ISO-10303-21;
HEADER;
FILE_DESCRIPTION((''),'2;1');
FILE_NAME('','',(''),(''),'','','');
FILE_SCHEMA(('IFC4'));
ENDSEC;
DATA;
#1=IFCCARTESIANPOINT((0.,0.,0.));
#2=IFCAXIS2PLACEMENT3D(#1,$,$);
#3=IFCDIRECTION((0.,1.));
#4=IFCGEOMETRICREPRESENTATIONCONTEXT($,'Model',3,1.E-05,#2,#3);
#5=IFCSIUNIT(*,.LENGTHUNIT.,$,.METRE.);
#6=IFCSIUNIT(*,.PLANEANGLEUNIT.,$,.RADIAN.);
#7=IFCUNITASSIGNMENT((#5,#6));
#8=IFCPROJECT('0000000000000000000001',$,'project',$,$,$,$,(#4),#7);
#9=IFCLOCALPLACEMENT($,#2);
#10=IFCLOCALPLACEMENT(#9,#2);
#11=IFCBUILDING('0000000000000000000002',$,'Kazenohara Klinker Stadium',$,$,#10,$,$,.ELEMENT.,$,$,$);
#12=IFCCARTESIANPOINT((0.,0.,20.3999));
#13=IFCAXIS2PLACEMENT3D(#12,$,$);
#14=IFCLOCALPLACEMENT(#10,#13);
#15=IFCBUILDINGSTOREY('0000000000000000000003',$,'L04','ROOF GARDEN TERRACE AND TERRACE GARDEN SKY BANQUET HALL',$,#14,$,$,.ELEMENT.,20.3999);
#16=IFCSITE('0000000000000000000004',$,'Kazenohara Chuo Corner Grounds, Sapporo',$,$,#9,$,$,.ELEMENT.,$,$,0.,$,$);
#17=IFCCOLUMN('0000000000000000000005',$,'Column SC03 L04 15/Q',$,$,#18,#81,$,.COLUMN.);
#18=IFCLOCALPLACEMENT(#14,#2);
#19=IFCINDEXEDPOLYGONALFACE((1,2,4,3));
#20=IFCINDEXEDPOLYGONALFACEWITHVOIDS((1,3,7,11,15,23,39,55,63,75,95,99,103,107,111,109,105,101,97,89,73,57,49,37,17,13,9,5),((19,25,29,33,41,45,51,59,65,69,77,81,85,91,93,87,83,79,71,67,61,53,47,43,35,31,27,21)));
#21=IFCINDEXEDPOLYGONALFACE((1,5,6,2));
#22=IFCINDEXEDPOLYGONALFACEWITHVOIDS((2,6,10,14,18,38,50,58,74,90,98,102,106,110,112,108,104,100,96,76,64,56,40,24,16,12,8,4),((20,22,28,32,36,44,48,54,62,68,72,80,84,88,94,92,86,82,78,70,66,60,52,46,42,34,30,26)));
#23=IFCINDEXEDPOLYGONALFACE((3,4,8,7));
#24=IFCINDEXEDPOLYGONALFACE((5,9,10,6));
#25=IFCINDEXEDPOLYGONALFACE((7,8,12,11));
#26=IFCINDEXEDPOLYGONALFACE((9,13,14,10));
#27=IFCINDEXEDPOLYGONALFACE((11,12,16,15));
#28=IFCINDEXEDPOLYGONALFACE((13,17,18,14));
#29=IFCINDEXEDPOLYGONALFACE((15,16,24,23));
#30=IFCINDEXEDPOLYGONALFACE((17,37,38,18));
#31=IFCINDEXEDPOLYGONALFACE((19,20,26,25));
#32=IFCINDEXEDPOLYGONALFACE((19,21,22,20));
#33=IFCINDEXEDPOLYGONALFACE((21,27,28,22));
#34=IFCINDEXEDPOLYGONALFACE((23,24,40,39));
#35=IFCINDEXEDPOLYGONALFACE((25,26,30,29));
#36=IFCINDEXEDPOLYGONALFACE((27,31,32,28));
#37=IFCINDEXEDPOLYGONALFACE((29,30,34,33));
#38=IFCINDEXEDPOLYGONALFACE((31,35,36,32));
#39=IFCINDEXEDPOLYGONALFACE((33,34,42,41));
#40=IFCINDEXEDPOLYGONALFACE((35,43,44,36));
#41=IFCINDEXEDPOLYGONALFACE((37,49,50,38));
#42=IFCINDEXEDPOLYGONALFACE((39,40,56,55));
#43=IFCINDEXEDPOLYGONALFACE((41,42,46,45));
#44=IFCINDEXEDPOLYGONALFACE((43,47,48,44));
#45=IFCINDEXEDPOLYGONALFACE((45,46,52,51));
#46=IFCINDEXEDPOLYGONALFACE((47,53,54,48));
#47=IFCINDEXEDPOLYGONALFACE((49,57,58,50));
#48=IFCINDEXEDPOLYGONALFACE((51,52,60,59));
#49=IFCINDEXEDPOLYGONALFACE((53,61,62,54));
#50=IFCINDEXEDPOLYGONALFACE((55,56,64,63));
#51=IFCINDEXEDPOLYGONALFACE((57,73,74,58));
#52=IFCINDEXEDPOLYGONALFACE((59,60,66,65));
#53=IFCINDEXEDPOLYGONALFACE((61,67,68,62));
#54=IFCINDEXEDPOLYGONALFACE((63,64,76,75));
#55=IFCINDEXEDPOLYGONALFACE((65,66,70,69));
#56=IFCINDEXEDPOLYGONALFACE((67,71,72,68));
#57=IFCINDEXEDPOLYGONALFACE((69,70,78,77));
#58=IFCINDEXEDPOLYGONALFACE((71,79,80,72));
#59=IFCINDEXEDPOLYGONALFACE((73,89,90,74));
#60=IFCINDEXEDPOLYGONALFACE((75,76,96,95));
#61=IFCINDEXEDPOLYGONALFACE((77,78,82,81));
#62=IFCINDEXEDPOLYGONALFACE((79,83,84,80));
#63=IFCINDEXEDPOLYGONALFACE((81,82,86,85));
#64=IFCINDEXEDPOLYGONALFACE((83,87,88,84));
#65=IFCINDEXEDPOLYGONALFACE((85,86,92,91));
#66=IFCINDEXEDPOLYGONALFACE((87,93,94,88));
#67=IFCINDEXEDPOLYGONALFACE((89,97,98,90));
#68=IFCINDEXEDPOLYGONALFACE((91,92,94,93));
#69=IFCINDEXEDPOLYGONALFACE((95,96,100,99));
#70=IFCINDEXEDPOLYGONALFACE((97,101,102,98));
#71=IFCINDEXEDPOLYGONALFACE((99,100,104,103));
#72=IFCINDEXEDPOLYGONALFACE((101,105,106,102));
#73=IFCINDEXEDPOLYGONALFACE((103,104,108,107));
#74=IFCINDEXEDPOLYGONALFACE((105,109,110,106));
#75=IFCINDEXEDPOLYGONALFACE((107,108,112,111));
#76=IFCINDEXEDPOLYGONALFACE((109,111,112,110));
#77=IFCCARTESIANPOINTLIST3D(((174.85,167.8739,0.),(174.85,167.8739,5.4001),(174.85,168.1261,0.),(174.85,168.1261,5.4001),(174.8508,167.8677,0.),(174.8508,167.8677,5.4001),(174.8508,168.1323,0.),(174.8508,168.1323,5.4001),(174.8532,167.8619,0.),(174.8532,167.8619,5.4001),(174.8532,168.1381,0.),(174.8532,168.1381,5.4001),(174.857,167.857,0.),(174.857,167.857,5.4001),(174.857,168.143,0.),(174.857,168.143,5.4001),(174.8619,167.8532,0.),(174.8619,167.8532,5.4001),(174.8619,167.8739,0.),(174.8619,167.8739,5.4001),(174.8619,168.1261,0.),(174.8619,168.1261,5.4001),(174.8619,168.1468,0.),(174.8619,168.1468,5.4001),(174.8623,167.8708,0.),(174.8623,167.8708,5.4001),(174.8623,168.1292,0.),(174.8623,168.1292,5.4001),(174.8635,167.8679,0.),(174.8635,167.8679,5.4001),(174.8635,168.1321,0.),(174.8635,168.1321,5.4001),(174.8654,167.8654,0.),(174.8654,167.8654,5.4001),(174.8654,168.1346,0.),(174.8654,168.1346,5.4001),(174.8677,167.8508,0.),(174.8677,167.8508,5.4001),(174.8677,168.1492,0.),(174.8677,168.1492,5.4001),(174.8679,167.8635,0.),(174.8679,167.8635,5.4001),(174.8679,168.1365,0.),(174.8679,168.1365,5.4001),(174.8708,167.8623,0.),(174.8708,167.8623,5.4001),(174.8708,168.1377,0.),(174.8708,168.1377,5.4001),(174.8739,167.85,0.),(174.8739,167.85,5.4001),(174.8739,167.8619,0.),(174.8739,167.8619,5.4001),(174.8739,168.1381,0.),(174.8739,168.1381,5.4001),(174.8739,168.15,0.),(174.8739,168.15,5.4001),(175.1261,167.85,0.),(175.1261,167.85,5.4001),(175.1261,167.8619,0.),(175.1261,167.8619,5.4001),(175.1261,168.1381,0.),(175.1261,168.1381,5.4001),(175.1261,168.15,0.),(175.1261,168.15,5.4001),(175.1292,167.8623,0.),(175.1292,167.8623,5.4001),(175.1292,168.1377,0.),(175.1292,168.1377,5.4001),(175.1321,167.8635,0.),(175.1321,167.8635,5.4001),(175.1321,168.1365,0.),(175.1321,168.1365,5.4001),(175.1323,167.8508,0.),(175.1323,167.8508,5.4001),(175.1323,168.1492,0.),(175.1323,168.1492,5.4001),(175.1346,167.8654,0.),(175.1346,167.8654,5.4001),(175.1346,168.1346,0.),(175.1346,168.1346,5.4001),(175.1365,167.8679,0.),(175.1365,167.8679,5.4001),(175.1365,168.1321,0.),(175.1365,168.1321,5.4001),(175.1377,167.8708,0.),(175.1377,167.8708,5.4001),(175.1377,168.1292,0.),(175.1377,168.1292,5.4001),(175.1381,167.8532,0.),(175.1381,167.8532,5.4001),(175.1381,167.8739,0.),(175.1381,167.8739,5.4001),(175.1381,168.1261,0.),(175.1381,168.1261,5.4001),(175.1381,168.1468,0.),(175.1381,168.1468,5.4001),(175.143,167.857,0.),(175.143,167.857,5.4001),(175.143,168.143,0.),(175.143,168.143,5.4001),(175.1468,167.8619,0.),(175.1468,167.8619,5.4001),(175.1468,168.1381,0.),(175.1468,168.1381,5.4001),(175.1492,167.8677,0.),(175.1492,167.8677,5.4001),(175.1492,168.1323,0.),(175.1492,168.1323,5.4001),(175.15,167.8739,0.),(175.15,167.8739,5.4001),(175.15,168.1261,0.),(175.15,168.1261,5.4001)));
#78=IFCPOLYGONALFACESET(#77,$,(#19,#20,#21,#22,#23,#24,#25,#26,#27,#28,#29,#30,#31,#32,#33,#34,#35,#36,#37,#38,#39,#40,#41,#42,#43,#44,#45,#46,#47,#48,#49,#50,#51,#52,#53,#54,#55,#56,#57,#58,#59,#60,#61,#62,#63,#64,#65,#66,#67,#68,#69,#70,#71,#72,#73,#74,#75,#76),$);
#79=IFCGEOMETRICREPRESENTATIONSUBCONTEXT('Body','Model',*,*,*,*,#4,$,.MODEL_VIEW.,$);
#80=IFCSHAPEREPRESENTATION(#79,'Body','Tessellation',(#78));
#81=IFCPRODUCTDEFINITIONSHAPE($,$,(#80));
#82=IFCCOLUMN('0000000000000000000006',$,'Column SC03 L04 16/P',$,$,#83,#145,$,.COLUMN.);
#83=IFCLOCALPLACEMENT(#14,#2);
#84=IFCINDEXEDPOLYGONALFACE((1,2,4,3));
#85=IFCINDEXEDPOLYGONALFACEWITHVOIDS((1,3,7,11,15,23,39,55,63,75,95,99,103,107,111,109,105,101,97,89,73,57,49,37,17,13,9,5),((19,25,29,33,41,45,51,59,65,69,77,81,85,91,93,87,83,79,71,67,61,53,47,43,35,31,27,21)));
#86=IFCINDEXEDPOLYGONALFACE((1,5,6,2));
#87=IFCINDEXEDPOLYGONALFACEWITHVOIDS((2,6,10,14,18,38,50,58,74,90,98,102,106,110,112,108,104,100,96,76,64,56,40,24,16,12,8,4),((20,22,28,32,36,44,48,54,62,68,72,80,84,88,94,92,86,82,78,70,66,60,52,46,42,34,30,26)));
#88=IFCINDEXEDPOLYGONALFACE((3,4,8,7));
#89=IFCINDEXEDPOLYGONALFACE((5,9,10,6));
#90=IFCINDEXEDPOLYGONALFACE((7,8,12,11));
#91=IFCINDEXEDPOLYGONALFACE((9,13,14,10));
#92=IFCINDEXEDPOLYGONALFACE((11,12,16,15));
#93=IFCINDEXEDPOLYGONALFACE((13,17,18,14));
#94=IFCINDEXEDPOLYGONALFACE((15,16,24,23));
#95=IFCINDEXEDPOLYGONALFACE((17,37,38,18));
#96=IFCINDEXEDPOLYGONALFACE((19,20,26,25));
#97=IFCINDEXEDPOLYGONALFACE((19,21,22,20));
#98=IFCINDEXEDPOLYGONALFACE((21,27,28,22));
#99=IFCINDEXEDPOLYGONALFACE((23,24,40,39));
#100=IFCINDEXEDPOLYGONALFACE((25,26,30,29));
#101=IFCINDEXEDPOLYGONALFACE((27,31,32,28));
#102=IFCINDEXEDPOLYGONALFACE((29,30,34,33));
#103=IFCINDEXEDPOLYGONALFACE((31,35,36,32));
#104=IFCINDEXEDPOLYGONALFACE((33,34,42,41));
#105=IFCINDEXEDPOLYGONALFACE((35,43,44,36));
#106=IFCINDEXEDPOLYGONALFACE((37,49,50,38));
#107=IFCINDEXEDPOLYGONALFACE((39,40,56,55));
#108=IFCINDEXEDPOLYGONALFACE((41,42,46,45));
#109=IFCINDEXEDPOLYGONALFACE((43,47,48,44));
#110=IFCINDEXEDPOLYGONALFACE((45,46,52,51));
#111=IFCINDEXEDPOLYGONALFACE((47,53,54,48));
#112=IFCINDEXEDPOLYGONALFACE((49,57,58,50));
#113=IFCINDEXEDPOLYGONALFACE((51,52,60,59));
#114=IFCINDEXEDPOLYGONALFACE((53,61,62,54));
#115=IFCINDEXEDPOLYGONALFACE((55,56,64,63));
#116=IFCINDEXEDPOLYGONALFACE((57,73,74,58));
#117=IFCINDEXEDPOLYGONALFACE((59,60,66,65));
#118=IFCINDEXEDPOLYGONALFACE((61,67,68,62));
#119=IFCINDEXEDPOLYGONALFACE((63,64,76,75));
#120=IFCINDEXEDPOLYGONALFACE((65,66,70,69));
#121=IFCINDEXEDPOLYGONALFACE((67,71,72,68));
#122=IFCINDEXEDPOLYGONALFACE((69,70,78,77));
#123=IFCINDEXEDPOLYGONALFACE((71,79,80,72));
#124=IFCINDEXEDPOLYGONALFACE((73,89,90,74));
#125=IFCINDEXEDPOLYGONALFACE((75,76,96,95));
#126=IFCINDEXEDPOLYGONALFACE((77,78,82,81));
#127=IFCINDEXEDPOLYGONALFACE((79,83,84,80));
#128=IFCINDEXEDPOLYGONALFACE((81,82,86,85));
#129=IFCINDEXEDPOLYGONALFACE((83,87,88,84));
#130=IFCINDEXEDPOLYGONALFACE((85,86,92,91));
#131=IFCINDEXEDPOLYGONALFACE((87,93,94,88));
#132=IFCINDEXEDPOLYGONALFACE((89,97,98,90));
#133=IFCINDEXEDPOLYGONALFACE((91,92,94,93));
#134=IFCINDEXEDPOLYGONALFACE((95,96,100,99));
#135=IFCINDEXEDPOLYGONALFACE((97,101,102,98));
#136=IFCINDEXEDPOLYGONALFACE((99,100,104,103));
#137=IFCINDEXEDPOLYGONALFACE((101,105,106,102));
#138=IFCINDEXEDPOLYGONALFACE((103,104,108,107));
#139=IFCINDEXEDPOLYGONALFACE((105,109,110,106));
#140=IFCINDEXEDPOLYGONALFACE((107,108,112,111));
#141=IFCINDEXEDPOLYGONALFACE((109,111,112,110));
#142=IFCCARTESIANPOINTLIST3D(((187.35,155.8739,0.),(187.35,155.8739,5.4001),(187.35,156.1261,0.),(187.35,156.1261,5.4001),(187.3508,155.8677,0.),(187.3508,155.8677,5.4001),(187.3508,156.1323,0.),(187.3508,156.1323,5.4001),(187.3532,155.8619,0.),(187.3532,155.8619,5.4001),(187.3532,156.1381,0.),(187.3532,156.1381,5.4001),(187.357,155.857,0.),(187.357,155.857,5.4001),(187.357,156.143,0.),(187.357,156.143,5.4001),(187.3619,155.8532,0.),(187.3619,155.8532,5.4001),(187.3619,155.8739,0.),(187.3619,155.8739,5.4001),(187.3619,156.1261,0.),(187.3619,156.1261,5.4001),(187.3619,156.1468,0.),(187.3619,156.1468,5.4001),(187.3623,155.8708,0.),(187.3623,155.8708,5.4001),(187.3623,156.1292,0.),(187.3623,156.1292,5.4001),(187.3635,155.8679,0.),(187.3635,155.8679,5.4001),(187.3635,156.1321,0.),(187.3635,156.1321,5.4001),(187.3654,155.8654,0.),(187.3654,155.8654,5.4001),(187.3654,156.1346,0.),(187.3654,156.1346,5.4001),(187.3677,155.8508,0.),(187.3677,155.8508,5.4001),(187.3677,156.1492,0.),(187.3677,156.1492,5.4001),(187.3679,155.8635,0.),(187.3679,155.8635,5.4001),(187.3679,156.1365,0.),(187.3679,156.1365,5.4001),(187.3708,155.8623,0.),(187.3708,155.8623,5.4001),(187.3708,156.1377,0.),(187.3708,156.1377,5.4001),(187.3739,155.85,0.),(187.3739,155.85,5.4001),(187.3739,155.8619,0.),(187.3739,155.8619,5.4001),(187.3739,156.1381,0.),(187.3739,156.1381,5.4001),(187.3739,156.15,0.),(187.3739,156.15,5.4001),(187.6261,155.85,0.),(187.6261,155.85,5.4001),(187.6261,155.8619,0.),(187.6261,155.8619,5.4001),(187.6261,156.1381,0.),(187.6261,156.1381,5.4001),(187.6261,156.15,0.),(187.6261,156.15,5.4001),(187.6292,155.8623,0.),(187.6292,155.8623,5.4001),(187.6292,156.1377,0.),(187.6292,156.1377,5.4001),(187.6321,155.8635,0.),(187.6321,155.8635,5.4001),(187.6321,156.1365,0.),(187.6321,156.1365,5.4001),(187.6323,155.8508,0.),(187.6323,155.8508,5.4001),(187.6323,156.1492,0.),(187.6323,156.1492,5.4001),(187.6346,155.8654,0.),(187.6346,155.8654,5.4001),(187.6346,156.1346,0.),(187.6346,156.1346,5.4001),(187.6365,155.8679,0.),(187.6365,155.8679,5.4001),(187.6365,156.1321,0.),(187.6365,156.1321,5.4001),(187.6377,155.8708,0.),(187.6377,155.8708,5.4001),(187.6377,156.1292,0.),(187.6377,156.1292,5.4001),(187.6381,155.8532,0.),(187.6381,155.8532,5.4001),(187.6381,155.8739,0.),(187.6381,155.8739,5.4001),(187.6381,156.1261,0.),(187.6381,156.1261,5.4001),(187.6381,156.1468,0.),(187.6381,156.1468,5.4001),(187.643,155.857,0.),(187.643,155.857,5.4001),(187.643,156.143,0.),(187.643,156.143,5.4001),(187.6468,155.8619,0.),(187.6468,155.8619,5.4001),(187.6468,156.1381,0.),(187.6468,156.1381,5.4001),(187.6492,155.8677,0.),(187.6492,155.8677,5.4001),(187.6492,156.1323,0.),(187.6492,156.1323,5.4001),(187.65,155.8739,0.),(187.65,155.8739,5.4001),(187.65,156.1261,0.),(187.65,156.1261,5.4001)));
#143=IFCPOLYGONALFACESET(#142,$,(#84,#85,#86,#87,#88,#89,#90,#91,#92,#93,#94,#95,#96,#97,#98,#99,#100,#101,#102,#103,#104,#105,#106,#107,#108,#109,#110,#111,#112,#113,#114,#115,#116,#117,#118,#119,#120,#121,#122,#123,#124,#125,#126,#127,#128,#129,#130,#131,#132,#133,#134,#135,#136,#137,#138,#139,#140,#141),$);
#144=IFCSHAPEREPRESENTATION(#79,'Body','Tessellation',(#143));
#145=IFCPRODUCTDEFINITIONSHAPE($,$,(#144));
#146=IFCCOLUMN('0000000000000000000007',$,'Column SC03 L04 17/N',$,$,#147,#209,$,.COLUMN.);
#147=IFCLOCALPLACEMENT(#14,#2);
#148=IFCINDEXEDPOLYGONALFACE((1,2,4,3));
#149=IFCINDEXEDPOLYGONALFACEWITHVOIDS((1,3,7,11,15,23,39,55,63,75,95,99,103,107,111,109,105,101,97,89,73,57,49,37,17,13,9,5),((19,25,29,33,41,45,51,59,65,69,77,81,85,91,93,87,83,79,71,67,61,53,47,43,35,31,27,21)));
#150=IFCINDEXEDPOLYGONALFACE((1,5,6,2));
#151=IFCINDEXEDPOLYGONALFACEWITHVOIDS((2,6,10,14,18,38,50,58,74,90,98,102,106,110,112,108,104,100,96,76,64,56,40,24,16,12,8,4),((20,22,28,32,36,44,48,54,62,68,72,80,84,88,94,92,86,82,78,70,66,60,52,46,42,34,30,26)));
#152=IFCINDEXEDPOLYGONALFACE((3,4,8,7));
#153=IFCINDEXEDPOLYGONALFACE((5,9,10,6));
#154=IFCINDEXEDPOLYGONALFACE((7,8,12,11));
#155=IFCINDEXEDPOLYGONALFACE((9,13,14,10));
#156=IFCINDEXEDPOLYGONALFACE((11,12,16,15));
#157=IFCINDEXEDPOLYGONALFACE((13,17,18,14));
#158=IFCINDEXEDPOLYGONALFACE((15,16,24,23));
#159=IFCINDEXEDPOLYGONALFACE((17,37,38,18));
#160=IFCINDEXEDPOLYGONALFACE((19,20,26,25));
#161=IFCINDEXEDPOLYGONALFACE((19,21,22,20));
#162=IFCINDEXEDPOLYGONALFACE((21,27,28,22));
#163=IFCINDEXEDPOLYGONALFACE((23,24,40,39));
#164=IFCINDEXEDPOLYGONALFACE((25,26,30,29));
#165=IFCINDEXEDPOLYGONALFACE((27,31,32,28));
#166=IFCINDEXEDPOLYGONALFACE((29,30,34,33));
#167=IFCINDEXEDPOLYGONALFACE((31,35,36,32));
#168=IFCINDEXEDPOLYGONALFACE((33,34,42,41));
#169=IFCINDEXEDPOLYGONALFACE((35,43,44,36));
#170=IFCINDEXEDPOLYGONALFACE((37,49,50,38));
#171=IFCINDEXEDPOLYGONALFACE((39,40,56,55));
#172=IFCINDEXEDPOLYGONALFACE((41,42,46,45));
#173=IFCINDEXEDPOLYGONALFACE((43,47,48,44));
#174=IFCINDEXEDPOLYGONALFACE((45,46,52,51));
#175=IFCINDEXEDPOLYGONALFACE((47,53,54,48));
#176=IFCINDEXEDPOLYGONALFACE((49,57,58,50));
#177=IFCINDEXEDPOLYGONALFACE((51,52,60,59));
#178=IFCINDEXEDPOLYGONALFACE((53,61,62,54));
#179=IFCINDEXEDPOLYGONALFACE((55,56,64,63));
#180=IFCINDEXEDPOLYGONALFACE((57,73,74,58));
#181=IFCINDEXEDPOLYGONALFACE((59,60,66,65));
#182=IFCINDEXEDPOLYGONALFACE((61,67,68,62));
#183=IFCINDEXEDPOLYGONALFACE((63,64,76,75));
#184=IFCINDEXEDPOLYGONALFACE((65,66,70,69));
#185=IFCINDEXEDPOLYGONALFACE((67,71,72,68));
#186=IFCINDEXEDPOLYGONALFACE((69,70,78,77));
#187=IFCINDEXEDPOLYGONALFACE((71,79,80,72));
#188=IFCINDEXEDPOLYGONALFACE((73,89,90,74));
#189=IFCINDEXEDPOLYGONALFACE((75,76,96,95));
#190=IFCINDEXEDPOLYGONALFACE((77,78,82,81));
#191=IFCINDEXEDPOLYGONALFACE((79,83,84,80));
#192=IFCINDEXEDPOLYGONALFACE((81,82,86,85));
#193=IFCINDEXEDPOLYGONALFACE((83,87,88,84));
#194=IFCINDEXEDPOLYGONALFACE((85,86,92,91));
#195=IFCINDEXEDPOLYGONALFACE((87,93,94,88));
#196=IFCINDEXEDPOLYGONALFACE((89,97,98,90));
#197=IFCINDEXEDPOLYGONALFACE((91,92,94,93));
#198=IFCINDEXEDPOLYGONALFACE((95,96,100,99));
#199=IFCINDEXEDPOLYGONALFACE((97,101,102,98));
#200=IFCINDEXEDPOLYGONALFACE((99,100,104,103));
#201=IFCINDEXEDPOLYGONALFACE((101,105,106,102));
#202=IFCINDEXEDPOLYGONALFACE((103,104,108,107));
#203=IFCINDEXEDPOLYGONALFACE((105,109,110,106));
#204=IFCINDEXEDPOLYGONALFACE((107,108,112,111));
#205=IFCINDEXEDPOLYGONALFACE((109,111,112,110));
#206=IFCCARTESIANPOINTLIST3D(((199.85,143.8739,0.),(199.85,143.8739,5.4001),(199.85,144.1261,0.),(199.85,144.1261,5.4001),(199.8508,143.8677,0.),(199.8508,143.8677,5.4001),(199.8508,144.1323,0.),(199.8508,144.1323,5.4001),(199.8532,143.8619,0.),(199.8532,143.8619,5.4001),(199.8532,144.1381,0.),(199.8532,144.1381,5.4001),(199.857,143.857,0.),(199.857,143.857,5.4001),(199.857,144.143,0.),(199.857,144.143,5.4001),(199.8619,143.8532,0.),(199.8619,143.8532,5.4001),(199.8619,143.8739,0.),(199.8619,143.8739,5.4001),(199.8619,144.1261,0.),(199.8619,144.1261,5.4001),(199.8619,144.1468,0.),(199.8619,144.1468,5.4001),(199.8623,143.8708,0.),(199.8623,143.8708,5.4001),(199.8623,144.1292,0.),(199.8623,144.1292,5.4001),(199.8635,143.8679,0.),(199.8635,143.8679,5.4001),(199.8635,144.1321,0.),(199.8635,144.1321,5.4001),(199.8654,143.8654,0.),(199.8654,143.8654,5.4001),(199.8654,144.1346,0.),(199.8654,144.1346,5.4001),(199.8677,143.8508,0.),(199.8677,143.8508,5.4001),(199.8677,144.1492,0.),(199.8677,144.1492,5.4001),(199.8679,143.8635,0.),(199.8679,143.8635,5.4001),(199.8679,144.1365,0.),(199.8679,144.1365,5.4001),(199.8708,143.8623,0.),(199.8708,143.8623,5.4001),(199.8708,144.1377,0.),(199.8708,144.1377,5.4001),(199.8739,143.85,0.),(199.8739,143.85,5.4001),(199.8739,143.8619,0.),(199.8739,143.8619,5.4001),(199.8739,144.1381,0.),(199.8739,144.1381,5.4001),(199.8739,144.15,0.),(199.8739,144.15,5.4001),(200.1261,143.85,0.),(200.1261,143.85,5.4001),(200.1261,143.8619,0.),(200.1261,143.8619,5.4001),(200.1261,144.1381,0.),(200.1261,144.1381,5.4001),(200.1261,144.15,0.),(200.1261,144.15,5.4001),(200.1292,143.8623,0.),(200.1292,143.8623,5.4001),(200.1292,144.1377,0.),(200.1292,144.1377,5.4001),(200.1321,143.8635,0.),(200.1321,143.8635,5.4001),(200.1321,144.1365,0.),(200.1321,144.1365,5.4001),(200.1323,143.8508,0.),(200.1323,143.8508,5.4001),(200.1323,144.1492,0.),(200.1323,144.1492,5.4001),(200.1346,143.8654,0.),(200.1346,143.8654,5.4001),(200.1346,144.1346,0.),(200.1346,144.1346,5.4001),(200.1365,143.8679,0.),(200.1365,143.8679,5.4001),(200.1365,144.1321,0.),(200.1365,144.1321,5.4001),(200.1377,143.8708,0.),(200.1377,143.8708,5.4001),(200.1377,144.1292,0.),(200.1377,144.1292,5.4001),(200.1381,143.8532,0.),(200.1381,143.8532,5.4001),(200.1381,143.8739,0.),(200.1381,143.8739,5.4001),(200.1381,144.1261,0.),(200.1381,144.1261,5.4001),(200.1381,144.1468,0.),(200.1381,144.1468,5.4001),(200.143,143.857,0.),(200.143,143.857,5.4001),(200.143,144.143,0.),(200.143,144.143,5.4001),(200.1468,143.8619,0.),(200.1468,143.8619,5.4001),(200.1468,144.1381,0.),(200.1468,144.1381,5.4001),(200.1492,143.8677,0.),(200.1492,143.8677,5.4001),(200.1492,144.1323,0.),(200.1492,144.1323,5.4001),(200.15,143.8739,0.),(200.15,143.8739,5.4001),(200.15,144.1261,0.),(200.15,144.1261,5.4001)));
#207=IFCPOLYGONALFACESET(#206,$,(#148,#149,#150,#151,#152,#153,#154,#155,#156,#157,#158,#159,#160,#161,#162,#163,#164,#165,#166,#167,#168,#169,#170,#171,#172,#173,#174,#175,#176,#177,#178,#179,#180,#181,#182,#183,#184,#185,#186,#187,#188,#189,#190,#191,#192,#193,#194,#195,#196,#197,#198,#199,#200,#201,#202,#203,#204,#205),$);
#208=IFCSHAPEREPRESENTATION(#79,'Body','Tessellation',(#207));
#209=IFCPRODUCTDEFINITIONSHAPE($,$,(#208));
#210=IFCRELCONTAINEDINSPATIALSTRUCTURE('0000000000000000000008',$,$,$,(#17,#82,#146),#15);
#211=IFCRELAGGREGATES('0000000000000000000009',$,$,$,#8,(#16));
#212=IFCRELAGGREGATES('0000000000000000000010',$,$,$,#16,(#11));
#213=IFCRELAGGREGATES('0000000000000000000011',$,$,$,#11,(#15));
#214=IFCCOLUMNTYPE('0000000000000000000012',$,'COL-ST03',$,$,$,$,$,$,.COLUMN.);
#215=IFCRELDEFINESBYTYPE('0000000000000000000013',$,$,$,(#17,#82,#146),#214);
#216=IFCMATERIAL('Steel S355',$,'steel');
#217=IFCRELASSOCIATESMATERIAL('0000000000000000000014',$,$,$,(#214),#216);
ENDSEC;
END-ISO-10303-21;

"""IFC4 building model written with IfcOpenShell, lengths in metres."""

from ifc_helpers import new_model, si_unit, direction, frame, origin, origin_2d, place, context, subcontext, project, spatial, hollow_rectangle, extrude, material, material_profile, profile_set, type_object, element, save


model = new_model("IFC4")

# Units and contexts
model_context = context("Model", 3, precision=1e-05, world=origin(), true_north=direction((0.0, 1.0)))
body_context = subcontext(model_context, "Body", "Model", "MODEL_VIEW")
ifc_project = project(units=[si_unit("LENGTHUNIT", "METRE"), si_unit("PLANEANGLEUNIT", "RADIAN")], contexts=[model_context])

# Site, building, storey
site_placement = place(None, origin())
site = spatial("IfcSite", under=ifc_project, at=site_placement, Name="Kazenohara Chuo Corner Grounds, Sapporo", CompositionType="ELEMENT", RefElevation=0.0)
building_placement = place(site_placement, origin())
building = spatial("IfcBuilding", under=site, at=building_placement, Name="Kazenohara Klinker Stadium", CompositionType="ELEMENT")
storey_placement = place(building_placement, frame((0.0, 0.0, 20.3999)))
storey = spatial("IfcBuildingStorey", under=building, at=storey_placement, Name="L04", Description="ROOF GARDEN TERRACE AND TERRACE GARDEN SKY BANQUET HALL", CompositionType="ELEMENT", Elevation=20.3999)

# Columns
ifc_material_1 = material(Name="Steel S355", Category="steel")
ifc_material_profile_1 = material_profile(ifc_material_1, hollow_rectangle(XDim=0.3, YDim=0.3, WallThickness=0.012, InnerFilletRadius=0.012, OuterFilletRadius=0.0239, at=origin_2d()), Name="SHS-300x300x12")
ifc_profile_set_1 = profile_set([ifc_material_profile_1], Name="Steel S355")
column_type_1 = type_object("IfcColumnType", Name="COL-ST03", PredefinedType="COLUMN", material=ifc_profile_set_1)
for number, where, z_axis, x_axis, name in (
    (1, (175.0, 168.0, 0.0), (0.0, 0.0, 1.0), (1.0, 0.0, 0.0), "Column SC03 L04 15/Q"),
    (2, (187.5, 156.0, 0.0), (0.0, 0.0, 1.0), (1.0, 0.0, 0.0), "Column SC03 L04 16/P"),
    (3, (200.0, 144.0, 0.0), (0.0, 0.0, 1.0), (1.0, 0.0, 0.0), "Column SC03 L04 17/N"),
):
    element("IfcColumn", number, at=place(storey_placement, frame(where, z_axis=z_axis, x_axis=x_axis)), inside=storey, type_object=column_type_1, Name=name, PredefinedType="COLUMN", context=body_context, shape_type="SweptSolid", body=[
        extrude(hollow_rectangle(XDim=0.3, YDim=0.3, WallThickness=0.012, InnerFilletRadius=0.012, OuterFilletRadius=0.0239, at=origin_2d()), origin(), (0.0, 0.0, 1.0), 5.4001),
    ])

save(model, "model.ifc")
